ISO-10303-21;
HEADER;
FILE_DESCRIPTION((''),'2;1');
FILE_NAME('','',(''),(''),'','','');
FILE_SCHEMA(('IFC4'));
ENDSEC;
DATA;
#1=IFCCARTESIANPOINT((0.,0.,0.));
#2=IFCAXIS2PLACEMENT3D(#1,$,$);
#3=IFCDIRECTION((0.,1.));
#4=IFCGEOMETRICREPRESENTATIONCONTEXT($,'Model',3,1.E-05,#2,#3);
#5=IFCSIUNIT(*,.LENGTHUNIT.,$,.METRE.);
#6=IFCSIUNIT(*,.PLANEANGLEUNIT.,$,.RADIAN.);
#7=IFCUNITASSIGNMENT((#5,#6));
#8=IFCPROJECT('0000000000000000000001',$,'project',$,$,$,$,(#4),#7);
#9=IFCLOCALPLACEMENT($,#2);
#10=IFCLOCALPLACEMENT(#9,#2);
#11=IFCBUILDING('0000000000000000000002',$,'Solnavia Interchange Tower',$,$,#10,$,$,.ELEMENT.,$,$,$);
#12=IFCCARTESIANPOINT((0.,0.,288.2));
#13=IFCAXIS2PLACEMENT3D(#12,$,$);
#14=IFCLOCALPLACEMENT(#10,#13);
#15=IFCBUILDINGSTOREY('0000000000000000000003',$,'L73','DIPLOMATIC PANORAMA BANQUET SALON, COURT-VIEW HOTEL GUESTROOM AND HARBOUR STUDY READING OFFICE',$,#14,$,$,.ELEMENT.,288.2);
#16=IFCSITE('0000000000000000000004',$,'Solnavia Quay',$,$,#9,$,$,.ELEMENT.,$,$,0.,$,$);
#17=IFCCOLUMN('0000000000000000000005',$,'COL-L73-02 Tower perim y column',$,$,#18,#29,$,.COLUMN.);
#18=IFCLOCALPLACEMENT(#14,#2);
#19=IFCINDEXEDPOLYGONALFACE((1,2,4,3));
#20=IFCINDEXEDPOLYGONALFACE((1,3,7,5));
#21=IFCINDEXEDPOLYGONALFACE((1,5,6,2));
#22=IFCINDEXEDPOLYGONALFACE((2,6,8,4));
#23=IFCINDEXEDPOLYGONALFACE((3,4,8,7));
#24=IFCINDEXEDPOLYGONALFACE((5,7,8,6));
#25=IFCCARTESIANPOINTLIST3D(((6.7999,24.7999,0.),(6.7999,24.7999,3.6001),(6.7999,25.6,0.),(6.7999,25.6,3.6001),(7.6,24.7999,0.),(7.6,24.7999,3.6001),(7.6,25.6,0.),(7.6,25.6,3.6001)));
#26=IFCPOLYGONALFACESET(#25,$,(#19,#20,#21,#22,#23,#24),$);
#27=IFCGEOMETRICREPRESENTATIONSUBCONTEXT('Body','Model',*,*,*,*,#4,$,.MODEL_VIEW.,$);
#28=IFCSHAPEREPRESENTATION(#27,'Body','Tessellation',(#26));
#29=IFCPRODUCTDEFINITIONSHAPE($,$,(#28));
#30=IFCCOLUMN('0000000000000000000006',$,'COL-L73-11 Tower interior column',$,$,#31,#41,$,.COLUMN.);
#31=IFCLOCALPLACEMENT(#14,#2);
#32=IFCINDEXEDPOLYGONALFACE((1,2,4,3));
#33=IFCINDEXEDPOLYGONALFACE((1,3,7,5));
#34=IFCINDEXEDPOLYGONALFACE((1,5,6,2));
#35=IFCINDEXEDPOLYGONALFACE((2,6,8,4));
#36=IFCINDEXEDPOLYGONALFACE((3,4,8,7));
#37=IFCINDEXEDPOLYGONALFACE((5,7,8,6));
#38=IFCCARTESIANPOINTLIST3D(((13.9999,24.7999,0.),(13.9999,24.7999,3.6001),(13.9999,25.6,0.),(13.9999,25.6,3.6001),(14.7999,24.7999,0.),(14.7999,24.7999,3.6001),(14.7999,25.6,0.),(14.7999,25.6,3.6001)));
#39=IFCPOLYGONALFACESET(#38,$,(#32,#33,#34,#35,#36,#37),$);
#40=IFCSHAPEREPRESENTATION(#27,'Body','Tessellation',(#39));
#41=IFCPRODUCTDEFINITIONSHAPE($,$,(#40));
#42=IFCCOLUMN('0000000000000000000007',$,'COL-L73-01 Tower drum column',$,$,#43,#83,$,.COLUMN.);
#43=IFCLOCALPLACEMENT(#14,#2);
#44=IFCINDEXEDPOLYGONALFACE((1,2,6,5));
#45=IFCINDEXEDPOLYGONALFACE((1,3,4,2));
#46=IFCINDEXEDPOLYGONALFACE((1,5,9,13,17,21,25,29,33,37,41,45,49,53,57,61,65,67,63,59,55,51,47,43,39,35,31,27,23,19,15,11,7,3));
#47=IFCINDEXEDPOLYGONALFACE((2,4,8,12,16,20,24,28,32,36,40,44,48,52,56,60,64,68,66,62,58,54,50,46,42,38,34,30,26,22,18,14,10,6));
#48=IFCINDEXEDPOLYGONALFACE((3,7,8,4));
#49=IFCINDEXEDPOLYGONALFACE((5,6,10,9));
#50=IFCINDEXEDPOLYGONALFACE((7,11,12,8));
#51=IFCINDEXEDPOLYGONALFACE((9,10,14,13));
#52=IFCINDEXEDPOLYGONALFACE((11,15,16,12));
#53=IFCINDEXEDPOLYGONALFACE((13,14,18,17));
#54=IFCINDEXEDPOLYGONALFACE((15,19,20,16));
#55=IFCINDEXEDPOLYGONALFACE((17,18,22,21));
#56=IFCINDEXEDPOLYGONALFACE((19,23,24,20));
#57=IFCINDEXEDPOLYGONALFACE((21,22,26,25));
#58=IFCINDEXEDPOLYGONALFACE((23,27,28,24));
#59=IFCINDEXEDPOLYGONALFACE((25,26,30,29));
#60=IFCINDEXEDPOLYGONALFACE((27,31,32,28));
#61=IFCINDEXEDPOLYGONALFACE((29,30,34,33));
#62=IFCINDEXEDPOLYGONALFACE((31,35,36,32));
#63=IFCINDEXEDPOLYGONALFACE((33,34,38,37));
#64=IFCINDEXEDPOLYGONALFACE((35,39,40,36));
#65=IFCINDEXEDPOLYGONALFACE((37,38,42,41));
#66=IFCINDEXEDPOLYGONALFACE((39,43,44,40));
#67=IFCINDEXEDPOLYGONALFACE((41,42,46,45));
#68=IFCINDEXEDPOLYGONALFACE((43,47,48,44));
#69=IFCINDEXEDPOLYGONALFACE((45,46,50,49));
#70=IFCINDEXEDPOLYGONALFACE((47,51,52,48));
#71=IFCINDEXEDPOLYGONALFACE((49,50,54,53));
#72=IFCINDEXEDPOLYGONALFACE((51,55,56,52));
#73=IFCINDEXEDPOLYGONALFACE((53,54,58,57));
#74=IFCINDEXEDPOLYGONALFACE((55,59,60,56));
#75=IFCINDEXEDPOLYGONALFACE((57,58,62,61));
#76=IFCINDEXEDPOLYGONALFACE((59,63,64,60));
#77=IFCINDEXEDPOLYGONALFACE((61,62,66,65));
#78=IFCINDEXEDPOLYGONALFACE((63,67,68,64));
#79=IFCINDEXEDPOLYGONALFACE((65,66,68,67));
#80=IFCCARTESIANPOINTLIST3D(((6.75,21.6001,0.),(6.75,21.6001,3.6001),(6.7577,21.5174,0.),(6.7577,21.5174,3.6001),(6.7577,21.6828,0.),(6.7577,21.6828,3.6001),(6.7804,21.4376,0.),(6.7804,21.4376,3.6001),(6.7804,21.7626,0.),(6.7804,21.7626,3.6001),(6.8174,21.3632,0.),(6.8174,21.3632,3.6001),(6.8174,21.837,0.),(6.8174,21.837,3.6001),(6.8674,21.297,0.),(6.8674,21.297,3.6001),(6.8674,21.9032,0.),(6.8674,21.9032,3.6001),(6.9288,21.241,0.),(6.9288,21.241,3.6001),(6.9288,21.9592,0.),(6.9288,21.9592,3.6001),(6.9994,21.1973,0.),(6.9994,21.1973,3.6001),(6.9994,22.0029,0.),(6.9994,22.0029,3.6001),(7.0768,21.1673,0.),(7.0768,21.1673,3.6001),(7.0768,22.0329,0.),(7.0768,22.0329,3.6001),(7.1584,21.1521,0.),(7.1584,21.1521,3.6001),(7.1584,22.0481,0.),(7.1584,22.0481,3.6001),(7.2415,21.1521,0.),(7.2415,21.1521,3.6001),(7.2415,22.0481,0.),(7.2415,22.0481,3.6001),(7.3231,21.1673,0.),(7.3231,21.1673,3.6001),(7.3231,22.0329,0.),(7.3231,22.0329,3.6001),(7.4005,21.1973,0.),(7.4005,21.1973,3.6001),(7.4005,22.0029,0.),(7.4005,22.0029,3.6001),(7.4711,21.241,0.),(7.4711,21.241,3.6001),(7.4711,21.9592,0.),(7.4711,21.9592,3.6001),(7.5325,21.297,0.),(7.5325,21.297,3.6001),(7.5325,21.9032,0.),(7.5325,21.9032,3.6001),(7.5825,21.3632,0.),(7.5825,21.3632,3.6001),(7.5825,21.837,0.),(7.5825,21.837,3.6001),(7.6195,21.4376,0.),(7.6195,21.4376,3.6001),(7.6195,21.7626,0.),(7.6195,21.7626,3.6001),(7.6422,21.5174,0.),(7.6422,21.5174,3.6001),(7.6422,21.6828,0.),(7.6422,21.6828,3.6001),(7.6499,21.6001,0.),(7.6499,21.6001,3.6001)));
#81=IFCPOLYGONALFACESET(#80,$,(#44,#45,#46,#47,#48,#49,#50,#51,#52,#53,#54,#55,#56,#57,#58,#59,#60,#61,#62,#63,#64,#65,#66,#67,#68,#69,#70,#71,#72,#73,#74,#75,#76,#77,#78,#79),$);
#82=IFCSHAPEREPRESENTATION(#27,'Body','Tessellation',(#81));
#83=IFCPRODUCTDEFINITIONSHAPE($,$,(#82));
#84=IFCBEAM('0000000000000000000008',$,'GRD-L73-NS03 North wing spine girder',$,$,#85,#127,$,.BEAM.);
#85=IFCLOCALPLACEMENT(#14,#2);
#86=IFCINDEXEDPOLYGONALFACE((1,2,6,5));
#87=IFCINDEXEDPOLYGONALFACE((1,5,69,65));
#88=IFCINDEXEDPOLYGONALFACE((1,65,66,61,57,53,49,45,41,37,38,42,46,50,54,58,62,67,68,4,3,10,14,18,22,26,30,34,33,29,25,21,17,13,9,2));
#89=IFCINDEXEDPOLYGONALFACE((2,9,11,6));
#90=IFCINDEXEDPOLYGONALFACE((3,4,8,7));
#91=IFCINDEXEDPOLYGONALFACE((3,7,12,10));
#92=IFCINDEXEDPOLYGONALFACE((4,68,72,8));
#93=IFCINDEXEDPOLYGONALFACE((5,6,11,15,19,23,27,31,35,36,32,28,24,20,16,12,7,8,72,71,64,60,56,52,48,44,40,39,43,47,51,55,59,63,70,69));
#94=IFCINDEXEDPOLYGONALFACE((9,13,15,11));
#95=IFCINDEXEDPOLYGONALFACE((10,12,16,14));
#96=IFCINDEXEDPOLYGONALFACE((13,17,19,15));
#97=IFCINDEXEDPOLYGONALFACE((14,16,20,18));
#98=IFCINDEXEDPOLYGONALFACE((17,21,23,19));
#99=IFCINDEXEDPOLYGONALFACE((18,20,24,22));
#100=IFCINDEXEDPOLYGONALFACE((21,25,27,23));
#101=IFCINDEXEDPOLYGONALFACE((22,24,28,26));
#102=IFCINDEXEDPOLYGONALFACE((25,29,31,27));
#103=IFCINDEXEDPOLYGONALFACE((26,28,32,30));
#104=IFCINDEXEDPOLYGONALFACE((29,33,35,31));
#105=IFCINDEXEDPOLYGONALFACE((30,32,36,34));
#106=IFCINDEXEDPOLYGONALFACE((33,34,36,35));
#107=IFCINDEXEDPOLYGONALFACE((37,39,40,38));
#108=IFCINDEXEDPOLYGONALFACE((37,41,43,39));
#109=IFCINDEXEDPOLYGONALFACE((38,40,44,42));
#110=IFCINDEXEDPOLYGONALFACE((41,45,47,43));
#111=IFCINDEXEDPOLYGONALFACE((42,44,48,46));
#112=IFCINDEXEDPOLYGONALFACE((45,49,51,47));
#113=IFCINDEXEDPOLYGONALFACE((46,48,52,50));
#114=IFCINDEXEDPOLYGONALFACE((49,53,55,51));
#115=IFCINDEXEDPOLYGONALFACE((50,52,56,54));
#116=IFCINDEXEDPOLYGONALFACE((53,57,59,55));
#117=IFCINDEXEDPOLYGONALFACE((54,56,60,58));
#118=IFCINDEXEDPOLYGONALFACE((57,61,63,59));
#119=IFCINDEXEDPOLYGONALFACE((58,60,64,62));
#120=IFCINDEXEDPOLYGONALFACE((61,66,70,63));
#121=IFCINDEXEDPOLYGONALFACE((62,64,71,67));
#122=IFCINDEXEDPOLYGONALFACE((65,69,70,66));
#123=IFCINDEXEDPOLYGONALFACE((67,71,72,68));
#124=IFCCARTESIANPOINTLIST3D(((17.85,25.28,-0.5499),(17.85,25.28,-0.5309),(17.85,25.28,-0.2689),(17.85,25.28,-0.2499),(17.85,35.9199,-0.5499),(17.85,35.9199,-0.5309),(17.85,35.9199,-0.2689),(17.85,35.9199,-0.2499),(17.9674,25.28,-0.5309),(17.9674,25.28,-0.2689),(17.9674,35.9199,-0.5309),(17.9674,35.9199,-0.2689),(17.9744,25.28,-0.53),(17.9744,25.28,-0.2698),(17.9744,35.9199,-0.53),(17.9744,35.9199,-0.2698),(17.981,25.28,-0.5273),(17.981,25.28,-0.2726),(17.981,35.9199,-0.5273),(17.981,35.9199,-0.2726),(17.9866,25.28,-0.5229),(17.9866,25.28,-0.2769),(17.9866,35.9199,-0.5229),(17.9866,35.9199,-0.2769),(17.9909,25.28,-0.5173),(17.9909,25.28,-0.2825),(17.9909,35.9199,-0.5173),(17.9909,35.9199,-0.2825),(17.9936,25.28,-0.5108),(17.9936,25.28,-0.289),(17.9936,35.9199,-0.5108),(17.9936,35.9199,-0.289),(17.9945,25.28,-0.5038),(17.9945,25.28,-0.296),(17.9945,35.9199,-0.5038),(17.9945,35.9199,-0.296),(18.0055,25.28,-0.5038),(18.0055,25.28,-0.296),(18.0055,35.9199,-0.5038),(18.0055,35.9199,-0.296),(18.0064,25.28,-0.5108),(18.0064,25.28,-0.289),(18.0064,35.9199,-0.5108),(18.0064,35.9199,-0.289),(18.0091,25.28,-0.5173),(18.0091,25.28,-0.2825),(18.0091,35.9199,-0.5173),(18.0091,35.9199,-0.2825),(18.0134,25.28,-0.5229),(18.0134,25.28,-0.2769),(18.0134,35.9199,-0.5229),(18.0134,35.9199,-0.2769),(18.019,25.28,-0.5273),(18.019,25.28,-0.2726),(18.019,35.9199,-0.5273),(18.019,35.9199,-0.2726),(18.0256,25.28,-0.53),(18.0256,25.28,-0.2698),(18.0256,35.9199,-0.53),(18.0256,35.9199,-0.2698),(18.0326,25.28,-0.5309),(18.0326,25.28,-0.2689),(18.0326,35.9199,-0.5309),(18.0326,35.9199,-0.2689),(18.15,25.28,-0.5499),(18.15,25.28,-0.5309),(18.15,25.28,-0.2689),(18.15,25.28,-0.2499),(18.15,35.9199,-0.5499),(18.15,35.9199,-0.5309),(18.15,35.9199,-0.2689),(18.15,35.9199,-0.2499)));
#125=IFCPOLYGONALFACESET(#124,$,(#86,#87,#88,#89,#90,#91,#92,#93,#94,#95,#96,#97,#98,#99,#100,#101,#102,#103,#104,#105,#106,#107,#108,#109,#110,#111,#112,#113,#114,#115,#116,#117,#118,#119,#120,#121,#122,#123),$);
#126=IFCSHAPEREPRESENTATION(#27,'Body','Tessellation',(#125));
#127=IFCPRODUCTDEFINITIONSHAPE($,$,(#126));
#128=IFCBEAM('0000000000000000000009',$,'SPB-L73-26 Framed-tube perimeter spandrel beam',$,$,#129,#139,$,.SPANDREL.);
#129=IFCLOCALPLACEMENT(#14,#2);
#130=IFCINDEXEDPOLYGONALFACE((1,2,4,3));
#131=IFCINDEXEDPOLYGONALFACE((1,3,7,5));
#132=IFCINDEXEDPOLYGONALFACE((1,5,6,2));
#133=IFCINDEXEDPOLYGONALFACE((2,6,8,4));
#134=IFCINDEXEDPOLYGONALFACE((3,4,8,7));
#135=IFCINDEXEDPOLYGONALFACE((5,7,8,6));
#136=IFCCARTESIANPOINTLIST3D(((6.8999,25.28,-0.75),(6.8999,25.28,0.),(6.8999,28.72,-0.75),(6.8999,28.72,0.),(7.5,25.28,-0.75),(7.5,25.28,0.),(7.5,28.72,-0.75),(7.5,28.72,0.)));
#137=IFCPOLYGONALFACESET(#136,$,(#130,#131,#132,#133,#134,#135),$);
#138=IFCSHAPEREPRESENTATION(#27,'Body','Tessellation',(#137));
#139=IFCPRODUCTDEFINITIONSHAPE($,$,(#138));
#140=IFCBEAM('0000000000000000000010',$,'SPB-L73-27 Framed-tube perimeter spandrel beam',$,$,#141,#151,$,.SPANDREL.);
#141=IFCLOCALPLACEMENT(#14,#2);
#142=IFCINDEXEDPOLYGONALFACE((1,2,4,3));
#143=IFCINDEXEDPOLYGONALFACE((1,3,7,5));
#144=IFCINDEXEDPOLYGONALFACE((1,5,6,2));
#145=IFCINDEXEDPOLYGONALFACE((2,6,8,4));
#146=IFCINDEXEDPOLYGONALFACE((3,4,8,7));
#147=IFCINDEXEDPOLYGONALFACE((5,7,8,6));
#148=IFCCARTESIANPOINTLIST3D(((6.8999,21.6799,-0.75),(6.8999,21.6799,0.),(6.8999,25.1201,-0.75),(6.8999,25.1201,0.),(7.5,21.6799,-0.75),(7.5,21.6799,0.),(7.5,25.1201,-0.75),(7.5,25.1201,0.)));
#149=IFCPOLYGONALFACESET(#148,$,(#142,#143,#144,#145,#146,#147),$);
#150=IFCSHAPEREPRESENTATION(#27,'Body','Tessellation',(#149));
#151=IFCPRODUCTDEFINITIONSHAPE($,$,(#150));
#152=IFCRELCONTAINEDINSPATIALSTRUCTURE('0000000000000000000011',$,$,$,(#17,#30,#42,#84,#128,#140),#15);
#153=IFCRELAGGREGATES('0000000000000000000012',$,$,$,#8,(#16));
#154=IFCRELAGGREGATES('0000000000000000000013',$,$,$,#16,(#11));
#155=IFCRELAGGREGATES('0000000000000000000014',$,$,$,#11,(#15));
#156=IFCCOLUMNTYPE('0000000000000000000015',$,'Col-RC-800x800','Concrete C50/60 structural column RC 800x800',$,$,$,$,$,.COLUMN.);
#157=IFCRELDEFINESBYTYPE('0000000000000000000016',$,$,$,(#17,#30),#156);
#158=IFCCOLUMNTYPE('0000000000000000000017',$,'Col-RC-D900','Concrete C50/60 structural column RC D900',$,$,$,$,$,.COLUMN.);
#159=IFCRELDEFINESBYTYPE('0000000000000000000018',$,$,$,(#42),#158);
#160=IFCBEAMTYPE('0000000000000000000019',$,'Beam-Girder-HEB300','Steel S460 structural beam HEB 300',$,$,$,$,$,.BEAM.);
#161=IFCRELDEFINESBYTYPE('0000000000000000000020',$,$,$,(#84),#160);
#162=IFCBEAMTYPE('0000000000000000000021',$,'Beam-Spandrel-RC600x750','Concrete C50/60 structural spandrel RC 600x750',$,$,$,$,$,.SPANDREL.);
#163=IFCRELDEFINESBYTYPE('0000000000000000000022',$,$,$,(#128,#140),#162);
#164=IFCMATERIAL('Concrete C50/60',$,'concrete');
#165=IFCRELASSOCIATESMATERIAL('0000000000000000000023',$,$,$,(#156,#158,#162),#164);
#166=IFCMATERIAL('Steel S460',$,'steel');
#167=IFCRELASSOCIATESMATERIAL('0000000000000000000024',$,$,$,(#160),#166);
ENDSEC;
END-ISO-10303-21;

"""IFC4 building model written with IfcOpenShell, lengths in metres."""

from ifc_helpers import new_model, si_unit, direction, frame, origin, origin_2d, place, context, subcontext, project, spatial, rectangle, circle, i_section, extrude, material, material_profile, profile_set, type_object, element, save


model = new_model("IFC4")

# Units and contexts
model_context = context("Model", 3, precision=1e-05, world=origin(), true_north=direction((0.0, 1.0)))
body_context = subcontext(model_context, "Body", "Model", "MODEL_VIEW")
ifc_project = project(units=[si_unit("LENGTHUNIT", "METRE"), si_unit("PLANEANGLEUNIT", "RADIAN")], contexts=[model_context])

# Site, building, storey
site_placement = place(None, origin())
site = spatial("IfcSite", under=ifc_project, at=site_placement, Name="Solnavia Quay", CompositionType="ELEMENT", RefElevation=0.0)
building_placement = place(site_placement, origin())
building = spatial("IfcBuilding", under=site, at=building_placement, Name="Solnavia Interchange Tower", CompositionType="ELEMENT")
storey_placement = place(building_placement, frame((0.0, 0.0, 288.2)))
storey = spatial("IfcBuildingStorey", under=building, at=storey_placement, Name="L73", Description="DIPLOMATIC PANORAMA BANQUET SALON, COURT-VIEW HOTEL GUESTROOM AND HARBOUR STUDY READING OFFICE", CompositionType="ELEMENT", Elevation=288.2)

# Columns
ifc_material_1 = material(Name="Concrete C50/60", Category="concrete")
ifc_material_profile_1 = material_profile(ifc_material_1, rectangle(XDim=0.8, YDim=0.8, at=origin_2d()), Name="RC 800x800")
ifc_profile_set_1 = profile_set([ifc_material_profile_1], Name="Concrete C50/60")
column_type_1 = type_object("IfcColumnType", Name="Col-RC-800x800", Description="Concrete C50/60 structural column RC 800x800", PredefinedType="COLUMN", material=ifc_profile_set_1)
for number, where, z_axis, x_axis, name in (
    (1, (7.2, 25.2, 0.0), (0.0, 0.0, 1.0), (0.0, 1.0, 0.0), "COL-L73-02 Tower perim y column"),
    (2, (14.3999, 25.2, 0.0), (0.0, 0.0, 1.0), (1.0, 0.0, 0.0), "COL-L73-11 Tower interior column"),
):
    element("IfcColumn", number, at=place(storey_placement, frame(where, z_axis=z_axis, x_axis=x_axis)), inside=storey, type_object=column_type_1, Name=name, PredefinedType="COLUMN", context=body_context, shape_type="SweptSolid", body=[
        extrude(rectangle(XDim=0.8, YDim=0.8, at=origin_2d()), origin(), (0.0, 0.0, 1.0), 3.6001),
    ])
ifc_material_profile_2 = material_profile(ifc_material_1, circle(Radius=0.45, at=origin_2d()), Name="RC D900")
ifc_profile_set_2 = profile_set([ifc_material_profile_2], Name="Concrete C50/60")
column_type_2 = type_object("IfcColumnType", Name="Col-RC-D900", Description="Concrete C50/60 structural column RC D900", PredefinedType="COLUMN", material=ifc_profile_set_2)
column_placement = place(storey_placement, frame((7.2, 21.6001, 0.0), z_axis=(0.0, 0.0, 1.0), x_axis=(1.0, 0.0, 0.0)))
element("IfcColumn", 3, at=column_placement, inside=storey, type_object=column_type_2, Name="COL-L73-01 Tower drum column", PredefinedType="COLUMN", context=body_context, shape_type="SweptSolid", body=[
    extrude(circle(Radius=0.45, at=origin_2d()), origin(), (0.0, 0.0, 1.0), 3.6001),
])

# Beams
ifc_material_2 = material(Name="Steel S460", Category="steel")
ifc_material_profile_3 = material_profile(ifc_material_2, i_section(OverallWidth=0.3, OverallDepth=0.3, WebThickness=0.011, FlangeThickness=0.019, FilletRadius=0.0271, at=origin_2d()), Name="HEB 300")
ifc_profile_set_3 = profile_set([ifc_material_profile_3], Name="Steel S460")
beam_type_1 = type_object("IfcBeamType", Name="Beam-Girder-HEB300", Description="Steel S460 structural beam HEB 300", PredefinedType="BEAM", material=ifc_profile_set_3)
beam_1_placement = place(storey_placement, frame((18.0, 25.28, -0.3999), z_axis=(0.0, 1.0, 0.0), x_axis=(-1.0, 0.0, 0.0)))
element("IfcBeam", 4, at=beam_1_placement, inside=storey, type_object=beam_type_1, Name="GRD-L73-NS03 North wing spine girder", PredefinedType="BEAM", context=body_context, shape_type="SweptSolid", body=[
    extrude(i_section(OverallWidth=0.3, OverallDepth=0.3, WebThickness=0.011, FlangeThickness=0.019, FilletRadius=0.0271, at=origin_2d()), origin(), (0.0, 0.0, 1.0), 10.6399),
])
ifc_material_profile_4 = material_profile(ifc_material_1, rectangle(XDim=0.6001, YDim=0.75, at=origin_2d()), Name="RC 600x750")
ifc_profile_set_4 = profile_set([ifc_material_profile_4], Name="Concrete C50/60")
beam_type_2 = type_object("IfcBeamType", Name="Beam-Spandrel-RC600x750", Description="Concrete C50/60 structural spandrel RC 600x750", PredefinedType="SPANDREL", material=ifc_profile_set_4)
beam_2_placement = place(storey_placement, frame((7.2, 28.72, -0.375), z_axis=(0.0, -1.0, 0.0), x_axis=(1.0, 0.0, 0.0)))
element("IfcBeam", 5, at=beam_2_placement, inside=storey, type_object=beam_type_2, Name="SPB-L73-26 Framed-tube perimeter spandrel beam", PredefinedType="SPANDREL", context=body_context, shape_type="SweptSolid", body=[
    extrude(rectangle(XDim=0.6001, YDim=0.75, at=origin_2d()), origin(), (0.0, 0.0, 1.0), 3.4399),
])
beam_3_placement = place(storey_placement, frame((7.2, 25.1201, -0.375), z_axis=(0.0, -1.0, 0.0), x_axis=(1.0, 0.0, 0.0)))
element("IfcBeam", 6, at=beam_3_placement, inside=storey, type_object=beam_type_2, Name="SPB-L73-27 Framed-tube perimeter spandrel beam", PredefinedType="SPANDREL", context=body_context, shape_type="SweptSolid", body=[
    extrude(rectangle(XDim=0.6001, YDim=0.75, at=origin_2d()), origin(), (0.0, 0.0, 1.0), 3.4402),
])

save(model, "model.ifc")
